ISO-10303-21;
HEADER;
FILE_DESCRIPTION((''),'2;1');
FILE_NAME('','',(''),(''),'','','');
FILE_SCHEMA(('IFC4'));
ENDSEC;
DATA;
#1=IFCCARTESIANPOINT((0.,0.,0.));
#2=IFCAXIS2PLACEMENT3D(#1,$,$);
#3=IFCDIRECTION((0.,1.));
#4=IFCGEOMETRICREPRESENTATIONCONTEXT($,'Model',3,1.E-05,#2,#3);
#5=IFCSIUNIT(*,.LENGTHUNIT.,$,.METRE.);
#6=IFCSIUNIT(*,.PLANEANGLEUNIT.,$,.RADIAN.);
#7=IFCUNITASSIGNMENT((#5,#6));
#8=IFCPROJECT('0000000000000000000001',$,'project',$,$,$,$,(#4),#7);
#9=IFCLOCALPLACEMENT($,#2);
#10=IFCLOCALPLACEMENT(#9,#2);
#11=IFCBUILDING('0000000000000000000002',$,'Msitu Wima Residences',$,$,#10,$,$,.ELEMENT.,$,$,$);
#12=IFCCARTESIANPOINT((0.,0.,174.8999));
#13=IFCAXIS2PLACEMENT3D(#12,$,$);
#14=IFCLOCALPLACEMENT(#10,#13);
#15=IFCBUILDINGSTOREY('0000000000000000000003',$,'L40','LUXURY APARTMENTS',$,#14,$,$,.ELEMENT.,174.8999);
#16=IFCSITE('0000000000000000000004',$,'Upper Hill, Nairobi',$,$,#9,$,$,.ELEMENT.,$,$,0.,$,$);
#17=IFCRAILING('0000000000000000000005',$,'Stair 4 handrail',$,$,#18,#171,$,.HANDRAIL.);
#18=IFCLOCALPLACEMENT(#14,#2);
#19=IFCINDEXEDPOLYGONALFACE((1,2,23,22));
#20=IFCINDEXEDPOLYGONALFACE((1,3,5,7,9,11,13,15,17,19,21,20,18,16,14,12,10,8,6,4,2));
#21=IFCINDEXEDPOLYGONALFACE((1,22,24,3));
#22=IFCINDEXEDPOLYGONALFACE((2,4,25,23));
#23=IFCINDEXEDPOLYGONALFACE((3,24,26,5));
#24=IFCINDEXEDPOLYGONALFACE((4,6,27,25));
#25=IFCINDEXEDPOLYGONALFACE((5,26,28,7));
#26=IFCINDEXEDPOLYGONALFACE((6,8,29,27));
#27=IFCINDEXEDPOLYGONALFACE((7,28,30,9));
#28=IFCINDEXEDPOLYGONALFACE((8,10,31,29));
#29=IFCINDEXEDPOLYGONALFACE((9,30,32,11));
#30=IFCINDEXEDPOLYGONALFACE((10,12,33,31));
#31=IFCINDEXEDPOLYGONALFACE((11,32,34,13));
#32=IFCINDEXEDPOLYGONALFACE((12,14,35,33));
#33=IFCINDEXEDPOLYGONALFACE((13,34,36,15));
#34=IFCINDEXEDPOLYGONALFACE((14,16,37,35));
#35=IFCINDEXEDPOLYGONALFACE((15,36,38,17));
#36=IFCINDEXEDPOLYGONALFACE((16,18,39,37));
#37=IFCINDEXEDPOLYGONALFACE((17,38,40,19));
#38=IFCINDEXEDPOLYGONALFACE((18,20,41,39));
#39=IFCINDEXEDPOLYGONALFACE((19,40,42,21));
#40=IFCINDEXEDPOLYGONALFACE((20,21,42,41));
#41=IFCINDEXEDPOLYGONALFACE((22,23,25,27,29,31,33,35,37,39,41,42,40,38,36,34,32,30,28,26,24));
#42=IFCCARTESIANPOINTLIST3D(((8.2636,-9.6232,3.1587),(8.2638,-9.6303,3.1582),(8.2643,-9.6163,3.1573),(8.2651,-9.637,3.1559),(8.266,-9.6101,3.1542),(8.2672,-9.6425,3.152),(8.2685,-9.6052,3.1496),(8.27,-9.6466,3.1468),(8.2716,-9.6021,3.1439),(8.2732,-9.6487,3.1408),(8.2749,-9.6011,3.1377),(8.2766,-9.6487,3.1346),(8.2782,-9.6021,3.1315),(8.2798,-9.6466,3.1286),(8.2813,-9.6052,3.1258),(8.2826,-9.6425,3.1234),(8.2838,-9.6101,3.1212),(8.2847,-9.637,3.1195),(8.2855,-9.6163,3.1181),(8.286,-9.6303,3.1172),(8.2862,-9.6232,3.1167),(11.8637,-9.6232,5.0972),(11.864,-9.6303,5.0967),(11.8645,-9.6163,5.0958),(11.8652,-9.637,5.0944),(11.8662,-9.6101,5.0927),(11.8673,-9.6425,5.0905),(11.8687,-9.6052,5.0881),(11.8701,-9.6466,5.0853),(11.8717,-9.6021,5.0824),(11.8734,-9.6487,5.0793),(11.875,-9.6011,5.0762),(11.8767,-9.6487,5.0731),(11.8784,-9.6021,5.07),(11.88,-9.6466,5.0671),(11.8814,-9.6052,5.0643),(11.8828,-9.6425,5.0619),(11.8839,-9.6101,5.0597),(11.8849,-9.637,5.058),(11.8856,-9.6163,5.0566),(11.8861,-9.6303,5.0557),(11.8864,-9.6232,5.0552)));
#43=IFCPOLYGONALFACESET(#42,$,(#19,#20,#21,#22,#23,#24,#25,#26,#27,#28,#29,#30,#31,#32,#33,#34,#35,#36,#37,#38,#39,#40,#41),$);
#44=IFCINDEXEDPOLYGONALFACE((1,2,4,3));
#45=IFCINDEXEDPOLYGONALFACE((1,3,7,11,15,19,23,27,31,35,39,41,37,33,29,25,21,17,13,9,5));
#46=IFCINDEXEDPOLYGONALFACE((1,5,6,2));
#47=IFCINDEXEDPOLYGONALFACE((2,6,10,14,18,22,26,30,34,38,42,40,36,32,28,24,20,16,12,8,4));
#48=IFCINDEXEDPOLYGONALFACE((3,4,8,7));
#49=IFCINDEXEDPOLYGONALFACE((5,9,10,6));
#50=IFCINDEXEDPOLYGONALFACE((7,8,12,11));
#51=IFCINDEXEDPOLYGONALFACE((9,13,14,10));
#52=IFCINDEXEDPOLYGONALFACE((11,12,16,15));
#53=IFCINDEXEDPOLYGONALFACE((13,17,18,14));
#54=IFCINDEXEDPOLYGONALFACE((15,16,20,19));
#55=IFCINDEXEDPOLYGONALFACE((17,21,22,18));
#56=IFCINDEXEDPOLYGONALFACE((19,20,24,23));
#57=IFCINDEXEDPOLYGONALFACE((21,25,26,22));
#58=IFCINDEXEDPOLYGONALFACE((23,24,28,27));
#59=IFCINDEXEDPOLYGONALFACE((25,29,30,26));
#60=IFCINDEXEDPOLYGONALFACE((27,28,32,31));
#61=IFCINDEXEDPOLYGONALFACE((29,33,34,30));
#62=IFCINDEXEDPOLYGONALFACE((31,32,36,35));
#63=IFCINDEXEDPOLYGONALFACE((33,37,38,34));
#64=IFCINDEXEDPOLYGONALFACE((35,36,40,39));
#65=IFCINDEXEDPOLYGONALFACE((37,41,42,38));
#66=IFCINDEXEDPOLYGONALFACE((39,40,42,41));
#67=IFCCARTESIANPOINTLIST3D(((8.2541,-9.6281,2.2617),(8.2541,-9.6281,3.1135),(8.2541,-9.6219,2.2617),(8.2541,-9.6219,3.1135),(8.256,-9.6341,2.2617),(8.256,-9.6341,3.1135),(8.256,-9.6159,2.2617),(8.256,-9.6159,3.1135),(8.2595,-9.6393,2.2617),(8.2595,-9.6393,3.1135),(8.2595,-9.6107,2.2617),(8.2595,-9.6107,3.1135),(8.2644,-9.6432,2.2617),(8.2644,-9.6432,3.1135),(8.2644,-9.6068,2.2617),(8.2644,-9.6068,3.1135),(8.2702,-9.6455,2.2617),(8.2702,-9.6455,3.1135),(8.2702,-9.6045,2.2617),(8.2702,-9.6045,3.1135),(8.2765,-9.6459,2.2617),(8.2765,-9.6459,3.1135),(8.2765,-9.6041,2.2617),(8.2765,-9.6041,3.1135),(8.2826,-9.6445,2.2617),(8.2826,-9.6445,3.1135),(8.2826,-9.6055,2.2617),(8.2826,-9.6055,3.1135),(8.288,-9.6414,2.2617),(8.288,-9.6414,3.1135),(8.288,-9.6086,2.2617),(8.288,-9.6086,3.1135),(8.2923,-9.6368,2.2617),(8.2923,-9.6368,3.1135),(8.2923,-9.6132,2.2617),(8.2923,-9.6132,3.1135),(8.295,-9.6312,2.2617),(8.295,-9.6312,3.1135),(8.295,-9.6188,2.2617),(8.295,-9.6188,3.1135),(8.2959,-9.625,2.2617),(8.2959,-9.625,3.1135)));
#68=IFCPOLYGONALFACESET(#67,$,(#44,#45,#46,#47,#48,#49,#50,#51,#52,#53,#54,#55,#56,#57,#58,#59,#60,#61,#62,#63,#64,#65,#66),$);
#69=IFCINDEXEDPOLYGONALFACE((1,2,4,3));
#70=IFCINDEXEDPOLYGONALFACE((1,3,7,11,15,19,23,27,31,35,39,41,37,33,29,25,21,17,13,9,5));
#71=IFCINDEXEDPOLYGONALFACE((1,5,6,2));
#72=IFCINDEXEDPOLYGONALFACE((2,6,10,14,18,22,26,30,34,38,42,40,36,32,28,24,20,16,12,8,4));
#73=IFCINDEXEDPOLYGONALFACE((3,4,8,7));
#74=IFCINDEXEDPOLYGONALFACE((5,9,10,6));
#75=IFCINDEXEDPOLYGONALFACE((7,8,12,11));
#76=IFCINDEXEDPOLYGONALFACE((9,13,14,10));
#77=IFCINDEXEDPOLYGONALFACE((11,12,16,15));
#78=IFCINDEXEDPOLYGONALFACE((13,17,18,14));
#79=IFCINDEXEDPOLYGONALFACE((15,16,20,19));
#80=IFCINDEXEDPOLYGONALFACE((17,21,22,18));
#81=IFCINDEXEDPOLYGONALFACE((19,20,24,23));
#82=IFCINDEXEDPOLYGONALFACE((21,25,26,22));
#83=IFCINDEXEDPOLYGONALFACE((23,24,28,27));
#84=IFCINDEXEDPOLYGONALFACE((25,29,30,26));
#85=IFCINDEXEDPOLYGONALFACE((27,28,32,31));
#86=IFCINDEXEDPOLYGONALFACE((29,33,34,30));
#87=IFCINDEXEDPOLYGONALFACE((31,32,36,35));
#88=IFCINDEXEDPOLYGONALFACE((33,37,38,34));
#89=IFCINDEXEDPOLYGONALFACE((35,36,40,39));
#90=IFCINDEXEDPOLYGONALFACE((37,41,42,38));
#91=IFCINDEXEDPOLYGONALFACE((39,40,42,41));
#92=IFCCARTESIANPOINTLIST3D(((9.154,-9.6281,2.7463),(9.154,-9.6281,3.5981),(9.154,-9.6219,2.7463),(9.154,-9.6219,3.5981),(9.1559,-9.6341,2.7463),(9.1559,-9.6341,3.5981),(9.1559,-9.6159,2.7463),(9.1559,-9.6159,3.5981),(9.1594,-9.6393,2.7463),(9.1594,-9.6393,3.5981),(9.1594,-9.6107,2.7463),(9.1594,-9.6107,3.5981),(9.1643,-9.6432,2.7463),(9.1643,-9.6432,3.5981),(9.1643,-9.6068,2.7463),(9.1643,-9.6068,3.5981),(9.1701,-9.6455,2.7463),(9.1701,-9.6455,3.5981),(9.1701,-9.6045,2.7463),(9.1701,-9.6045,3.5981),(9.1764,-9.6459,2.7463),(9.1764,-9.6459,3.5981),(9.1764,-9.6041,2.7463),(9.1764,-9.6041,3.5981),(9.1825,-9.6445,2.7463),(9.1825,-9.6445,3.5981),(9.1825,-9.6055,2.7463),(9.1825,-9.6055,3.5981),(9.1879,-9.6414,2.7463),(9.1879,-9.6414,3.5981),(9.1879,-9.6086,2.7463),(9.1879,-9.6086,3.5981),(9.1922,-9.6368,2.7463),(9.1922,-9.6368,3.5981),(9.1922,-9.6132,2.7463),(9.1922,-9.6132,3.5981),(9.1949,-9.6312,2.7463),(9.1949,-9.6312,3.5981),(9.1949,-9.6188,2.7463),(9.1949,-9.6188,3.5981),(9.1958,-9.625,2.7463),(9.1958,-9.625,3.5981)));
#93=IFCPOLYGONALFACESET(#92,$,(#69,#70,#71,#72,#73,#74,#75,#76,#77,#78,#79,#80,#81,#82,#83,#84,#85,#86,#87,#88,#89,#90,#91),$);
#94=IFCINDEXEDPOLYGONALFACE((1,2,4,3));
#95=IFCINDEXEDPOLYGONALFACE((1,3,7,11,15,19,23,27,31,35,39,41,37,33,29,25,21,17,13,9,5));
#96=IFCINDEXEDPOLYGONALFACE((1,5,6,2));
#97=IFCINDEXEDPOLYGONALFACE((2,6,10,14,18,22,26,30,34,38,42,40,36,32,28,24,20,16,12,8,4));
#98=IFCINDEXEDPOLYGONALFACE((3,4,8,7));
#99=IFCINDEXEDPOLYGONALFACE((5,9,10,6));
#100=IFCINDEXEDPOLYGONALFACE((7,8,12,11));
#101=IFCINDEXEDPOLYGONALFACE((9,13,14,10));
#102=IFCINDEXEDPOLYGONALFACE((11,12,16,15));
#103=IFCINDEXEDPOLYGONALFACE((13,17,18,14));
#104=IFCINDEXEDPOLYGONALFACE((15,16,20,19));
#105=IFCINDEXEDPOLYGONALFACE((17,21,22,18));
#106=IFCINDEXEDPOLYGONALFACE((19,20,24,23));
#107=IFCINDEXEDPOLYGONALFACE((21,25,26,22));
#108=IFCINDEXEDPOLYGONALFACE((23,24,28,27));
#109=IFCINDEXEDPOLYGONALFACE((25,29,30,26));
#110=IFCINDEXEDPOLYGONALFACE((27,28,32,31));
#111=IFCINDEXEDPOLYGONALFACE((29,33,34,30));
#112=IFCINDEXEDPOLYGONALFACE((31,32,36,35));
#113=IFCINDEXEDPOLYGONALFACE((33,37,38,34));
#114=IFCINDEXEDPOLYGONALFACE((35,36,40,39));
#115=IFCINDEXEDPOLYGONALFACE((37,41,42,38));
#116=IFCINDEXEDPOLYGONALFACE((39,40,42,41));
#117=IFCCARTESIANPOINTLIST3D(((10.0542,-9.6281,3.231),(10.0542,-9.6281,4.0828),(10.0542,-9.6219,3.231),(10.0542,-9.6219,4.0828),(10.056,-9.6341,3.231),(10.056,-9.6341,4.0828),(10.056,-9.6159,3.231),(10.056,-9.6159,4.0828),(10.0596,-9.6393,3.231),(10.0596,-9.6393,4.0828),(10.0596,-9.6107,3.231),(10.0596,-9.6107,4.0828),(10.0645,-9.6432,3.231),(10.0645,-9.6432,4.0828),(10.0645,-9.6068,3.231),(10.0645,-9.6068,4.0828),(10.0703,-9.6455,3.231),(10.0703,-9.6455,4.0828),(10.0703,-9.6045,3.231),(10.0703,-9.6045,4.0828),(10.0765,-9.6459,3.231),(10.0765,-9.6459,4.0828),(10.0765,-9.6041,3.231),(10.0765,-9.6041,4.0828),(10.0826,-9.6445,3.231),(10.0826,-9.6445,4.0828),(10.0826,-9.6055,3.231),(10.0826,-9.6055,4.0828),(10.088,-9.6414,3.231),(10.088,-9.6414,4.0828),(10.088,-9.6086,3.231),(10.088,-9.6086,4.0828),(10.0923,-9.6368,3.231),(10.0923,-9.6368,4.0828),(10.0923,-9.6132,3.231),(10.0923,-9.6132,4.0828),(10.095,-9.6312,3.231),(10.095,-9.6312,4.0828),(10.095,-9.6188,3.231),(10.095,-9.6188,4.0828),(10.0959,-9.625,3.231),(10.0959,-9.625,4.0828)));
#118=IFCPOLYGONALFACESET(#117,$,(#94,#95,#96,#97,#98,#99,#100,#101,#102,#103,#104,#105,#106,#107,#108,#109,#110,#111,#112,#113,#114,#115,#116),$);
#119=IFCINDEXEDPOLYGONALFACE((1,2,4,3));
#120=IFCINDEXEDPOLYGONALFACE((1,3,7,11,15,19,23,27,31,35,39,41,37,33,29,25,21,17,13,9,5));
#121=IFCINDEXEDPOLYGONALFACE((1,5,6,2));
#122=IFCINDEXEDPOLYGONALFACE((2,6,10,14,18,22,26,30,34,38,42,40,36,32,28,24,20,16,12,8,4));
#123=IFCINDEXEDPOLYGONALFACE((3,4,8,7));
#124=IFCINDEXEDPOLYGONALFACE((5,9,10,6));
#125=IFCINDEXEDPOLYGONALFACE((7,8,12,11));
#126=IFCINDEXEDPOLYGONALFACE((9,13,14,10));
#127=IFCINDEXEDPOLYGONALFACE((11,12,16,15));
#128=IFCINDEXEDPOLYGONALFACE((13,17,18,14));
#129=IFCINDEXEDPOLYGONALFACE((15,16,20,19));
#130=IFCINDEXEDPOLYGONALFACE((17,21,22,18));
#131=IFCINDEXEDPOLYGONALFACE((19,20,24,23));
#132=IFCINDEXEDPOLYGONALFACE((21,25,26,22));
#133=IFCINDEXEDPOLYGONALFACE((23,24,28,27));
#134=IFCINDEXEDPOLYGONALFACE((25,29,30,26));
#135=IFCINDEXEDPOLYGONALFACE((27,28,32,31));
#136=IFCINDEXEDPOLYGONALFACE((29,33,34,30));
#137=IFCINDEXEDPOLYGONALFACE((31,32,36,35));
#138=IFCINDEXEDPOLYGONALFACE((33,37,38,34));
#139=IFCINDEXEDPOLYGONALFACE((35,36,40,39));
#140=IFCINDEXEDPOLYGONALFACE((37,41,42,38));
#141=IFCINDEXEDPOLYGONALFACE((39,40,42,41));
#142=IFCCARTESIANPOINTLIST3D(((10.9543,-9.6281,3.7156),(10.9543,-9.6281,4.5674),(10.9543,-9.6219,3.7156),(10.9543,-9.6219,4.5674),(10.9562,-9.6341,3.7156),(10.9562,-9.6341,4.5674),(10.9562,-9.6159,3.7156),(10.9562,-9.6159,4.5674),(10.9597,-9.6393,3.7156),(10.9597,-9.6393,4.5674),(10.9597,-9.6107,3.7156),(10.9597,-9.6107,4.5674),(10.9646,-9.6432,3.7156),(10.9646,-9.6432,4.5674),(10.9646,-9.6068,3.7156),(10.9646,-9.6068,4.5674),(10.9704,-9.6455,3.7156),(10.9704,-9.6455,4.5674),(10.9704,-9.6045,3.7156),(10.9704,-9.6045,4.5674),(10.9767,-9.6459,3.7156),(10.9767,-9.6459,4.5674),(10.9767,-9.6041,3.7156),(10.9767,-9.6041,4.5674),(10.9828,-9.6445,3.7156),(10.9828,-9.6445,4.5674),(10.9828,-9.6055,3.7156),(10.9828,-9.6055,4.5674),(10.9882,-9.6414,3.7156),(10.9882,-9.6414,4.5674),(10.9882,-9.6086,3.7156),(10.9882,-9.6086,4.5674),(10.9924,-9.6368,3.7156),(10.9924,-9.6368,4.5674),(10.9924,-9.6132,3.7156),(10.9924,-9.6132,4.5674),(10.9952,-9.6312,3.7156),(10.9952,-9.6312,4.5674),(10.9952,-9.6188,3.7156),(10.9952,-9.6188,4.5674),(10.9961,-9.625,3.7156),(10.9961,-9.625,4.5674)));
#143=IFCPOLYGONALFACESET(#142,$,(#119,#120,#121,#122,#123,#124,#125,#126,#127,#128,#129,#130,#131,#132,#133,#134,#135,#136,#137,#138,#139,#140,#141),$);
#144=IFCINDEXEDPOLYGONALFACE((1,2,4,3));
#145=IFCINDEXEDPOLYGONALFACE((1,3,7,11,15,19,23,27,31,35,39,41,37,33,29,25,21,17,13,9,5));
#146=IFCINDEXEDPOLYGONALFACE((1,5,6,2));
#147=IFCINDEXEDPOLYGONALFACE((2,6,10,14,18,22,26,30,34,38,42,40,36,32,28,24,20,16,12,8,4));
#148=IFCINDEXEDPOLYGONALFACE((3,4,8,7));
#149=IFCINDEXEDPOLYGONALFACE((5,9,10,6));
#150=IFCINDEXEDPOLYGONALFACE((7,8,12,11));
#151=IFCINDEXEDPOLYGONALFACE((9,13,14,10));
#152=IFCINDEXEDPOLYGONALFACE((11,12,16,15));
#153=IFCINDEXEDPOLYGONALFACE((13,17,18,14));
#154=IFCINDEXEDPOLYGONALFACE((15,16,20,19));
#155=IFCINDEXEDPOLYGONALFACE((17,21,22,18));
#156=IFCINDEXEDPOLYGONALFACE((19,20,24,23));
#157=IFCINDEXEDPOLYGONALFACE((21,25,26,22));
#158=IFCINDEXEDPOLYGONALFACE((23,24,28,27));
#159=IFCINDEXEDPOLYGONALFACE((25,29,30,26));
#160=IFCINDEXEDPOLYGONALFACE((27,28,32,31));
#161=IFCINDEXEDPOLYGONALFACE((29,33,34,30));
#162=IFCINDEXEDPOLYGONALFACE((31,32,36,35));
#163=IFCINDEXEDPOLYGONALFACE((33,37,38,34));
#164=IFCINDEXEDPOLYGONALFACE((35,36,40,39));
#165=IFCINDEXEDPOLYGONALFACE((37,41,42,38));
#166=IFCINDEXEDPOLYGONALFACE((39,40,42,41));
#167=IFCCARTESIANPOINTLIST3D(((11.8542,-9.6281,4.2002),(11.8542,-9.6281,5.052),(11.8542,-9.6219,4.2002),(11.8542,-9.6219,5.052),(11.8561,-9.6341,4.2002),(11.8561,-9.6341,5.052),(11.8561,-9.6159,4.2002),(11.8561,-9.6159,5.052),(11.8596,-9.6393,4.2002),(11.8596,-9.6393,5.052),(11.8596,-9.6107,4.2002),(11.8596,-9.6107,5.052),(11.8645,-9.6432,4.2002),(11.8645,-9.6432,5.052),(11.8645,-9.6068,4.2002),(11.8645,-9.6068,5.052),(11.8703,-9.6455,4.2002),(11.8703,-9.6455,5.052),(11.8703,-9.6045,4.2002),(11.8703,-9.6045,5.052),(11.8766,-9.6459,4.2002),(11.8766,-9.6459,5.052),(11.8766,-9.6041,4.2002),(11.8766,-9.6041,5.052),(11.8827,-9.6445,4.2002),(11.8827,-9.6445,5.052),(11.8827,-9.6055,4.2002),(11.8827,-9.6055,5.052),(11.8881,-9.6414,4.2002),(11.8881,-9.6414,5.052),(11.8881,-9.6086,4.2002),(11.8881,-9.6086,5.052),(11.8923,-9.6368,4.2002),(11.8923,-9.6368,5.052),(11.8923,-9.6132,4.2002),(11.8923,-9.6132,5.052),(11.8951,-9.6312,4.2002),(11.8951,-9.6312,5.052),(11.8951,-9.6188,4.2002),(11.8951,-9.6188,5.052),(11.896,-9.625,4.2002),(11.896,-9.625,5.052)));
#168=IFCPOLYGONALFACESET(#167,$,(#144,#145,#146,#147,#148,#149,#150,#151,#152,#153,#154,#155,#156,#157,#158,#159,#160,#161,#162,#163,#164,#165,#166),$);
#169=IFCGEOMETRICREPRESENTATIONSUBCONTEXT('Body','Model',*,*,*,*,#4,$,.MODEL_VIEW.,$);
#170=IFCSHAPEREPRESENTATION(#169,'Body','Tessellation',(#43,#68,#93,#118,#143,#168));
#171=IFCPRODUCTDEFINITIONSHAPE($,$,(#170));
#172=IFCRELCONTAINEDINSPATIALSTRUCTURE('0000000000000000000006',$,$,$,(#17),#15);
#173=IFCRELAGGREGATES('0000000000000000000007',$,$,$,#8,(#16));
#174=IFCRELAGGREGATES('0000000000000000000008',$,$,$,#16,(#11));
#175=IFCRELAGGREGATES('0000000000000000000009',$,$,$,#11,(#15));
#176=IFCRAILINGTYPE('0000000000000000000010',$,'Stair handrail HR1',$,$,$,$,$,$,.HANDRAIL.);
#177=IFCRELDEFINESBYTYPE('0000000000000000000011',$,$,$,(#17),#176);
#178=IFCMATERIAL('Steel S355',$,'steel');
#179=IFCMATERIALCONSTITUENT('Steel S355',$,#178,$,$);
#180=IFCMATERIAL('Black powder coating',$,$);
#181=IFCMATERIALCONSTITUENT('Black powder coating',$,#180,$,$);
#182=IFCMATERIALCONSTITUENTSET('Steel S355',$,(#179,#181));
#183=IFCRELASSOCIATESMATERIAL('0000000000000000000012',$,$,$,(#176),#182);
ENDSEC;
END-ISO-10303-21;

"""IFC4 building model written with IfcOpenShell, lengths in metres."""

from ifc_helpers import new_model, si_unit, direction, frame, origin, origin_2d, place, context, subcontext, project, spatial, circle, extrude, material, constituent, constituent_set, type_object, element, save


model = new_model("IFC4")

# Units and contexts
model_context = context("Model", 3, precision=1e-05, world=origin(), true_north=direction((0.0, 1.0)))
body_context = subcontext(model_context, "Body", "Model", "MODEL_VIEW")
ifc_project = project(units=[si_unit("LENGTHUNIT", "METRE"), si_unit("PLANEANGLEUNIT", "RADIAN")], contexts=[model_context])

# Site, building, storey
site_placement = place(None, origin())
site = spatial("IfcSite", under=ifc_project, at=site_placement, Name="Upper Hill, Nairobi", CompositionType="ELEMENT", RefElevation=0.0)
building_placement = place(site_placement, origin())
building = spatial("IfcBuilding", under=site, at=building_placement, Name="Msitu Wima Residences", CompositionType="ELEMENT")
storey_placement = place(building_placement, frame((0.0, 0.0, 174.8999)))
storey = spatial("IfcBuildingStorey", under=building, at=storey_placement, Name="L40", Description="LUXURY APARTMENTS", CompositionType="ELEMENT", Elevation=174.8999)

# Railing
ifc_material_1 = material(Name="Steel S355", Category="steel")
ifc_constituent_1 = constituent(ifc_material_1, Name="Steel S355")
ifc_material_2 = material(Name="Black powder coating")
ifc_constituent_2 = constituent(ifc_material_2, Name="Black powder coating")
ifc_constituent_set = constituent_set(constituents=[ifc_constituent_1, ifc_constituent_2], Name="Steel S355")
railing_type = type_object("IfcRailingType", Name="Stair handrail HR1", PredefinedType="HANDRAIL", material=ifc_constituent_set)
for number, where, name in (
    (1, (8.2749, -9.625, 2.2617), "Stair 4 handrail"),
):
    element("IfcRailing", number, at=place(storey_placement, frame(where)), inside=storey, type_object=railing_type, Name=name, PredefinedType="HANDRAIL", context=body_context, shape_type="SweptSolid", body=[
        extrude(circle(Radius=0.0239, at=origin_2d()), frame((0.0, 0.0, 0.876), z_axis=(0.880475, 0.0, 0.474093), x_axis=(0.0, 1.0, 0.0)), (0.0, 0.0, 1.0), 4.0889),
        extrude(circle(Radius=0.021, at=origin_2d()), origin(), (0.0, 0.0, 1.0), 0.8518),
        extrude(circle(Radius=0.021, at=origin_2d()), frame((0.8999, 0.0, 0.4846)), (0.0, 0.0, 1.0), 0.8518),
        extrude(circle(Radius=0.021, at=origin_2d()), frame((1.8, 0.0, 0.9692)), (0.0, 0.0, 1.0), 0.8518),
        extrude(circle(Radius=0.021, at=origin_2d()), frame((2.7002, 0.0, 1.4539)), (0.0, 0.0, 1.0), 0.8518),
        extrude(circle(Radius=0.021, at=origin_2d()), frame((3.6001, 0.0, 1.9385)), (0.0, 0.0, 1.0), 0.8518),
    ])

save(model, "model.ifc")
